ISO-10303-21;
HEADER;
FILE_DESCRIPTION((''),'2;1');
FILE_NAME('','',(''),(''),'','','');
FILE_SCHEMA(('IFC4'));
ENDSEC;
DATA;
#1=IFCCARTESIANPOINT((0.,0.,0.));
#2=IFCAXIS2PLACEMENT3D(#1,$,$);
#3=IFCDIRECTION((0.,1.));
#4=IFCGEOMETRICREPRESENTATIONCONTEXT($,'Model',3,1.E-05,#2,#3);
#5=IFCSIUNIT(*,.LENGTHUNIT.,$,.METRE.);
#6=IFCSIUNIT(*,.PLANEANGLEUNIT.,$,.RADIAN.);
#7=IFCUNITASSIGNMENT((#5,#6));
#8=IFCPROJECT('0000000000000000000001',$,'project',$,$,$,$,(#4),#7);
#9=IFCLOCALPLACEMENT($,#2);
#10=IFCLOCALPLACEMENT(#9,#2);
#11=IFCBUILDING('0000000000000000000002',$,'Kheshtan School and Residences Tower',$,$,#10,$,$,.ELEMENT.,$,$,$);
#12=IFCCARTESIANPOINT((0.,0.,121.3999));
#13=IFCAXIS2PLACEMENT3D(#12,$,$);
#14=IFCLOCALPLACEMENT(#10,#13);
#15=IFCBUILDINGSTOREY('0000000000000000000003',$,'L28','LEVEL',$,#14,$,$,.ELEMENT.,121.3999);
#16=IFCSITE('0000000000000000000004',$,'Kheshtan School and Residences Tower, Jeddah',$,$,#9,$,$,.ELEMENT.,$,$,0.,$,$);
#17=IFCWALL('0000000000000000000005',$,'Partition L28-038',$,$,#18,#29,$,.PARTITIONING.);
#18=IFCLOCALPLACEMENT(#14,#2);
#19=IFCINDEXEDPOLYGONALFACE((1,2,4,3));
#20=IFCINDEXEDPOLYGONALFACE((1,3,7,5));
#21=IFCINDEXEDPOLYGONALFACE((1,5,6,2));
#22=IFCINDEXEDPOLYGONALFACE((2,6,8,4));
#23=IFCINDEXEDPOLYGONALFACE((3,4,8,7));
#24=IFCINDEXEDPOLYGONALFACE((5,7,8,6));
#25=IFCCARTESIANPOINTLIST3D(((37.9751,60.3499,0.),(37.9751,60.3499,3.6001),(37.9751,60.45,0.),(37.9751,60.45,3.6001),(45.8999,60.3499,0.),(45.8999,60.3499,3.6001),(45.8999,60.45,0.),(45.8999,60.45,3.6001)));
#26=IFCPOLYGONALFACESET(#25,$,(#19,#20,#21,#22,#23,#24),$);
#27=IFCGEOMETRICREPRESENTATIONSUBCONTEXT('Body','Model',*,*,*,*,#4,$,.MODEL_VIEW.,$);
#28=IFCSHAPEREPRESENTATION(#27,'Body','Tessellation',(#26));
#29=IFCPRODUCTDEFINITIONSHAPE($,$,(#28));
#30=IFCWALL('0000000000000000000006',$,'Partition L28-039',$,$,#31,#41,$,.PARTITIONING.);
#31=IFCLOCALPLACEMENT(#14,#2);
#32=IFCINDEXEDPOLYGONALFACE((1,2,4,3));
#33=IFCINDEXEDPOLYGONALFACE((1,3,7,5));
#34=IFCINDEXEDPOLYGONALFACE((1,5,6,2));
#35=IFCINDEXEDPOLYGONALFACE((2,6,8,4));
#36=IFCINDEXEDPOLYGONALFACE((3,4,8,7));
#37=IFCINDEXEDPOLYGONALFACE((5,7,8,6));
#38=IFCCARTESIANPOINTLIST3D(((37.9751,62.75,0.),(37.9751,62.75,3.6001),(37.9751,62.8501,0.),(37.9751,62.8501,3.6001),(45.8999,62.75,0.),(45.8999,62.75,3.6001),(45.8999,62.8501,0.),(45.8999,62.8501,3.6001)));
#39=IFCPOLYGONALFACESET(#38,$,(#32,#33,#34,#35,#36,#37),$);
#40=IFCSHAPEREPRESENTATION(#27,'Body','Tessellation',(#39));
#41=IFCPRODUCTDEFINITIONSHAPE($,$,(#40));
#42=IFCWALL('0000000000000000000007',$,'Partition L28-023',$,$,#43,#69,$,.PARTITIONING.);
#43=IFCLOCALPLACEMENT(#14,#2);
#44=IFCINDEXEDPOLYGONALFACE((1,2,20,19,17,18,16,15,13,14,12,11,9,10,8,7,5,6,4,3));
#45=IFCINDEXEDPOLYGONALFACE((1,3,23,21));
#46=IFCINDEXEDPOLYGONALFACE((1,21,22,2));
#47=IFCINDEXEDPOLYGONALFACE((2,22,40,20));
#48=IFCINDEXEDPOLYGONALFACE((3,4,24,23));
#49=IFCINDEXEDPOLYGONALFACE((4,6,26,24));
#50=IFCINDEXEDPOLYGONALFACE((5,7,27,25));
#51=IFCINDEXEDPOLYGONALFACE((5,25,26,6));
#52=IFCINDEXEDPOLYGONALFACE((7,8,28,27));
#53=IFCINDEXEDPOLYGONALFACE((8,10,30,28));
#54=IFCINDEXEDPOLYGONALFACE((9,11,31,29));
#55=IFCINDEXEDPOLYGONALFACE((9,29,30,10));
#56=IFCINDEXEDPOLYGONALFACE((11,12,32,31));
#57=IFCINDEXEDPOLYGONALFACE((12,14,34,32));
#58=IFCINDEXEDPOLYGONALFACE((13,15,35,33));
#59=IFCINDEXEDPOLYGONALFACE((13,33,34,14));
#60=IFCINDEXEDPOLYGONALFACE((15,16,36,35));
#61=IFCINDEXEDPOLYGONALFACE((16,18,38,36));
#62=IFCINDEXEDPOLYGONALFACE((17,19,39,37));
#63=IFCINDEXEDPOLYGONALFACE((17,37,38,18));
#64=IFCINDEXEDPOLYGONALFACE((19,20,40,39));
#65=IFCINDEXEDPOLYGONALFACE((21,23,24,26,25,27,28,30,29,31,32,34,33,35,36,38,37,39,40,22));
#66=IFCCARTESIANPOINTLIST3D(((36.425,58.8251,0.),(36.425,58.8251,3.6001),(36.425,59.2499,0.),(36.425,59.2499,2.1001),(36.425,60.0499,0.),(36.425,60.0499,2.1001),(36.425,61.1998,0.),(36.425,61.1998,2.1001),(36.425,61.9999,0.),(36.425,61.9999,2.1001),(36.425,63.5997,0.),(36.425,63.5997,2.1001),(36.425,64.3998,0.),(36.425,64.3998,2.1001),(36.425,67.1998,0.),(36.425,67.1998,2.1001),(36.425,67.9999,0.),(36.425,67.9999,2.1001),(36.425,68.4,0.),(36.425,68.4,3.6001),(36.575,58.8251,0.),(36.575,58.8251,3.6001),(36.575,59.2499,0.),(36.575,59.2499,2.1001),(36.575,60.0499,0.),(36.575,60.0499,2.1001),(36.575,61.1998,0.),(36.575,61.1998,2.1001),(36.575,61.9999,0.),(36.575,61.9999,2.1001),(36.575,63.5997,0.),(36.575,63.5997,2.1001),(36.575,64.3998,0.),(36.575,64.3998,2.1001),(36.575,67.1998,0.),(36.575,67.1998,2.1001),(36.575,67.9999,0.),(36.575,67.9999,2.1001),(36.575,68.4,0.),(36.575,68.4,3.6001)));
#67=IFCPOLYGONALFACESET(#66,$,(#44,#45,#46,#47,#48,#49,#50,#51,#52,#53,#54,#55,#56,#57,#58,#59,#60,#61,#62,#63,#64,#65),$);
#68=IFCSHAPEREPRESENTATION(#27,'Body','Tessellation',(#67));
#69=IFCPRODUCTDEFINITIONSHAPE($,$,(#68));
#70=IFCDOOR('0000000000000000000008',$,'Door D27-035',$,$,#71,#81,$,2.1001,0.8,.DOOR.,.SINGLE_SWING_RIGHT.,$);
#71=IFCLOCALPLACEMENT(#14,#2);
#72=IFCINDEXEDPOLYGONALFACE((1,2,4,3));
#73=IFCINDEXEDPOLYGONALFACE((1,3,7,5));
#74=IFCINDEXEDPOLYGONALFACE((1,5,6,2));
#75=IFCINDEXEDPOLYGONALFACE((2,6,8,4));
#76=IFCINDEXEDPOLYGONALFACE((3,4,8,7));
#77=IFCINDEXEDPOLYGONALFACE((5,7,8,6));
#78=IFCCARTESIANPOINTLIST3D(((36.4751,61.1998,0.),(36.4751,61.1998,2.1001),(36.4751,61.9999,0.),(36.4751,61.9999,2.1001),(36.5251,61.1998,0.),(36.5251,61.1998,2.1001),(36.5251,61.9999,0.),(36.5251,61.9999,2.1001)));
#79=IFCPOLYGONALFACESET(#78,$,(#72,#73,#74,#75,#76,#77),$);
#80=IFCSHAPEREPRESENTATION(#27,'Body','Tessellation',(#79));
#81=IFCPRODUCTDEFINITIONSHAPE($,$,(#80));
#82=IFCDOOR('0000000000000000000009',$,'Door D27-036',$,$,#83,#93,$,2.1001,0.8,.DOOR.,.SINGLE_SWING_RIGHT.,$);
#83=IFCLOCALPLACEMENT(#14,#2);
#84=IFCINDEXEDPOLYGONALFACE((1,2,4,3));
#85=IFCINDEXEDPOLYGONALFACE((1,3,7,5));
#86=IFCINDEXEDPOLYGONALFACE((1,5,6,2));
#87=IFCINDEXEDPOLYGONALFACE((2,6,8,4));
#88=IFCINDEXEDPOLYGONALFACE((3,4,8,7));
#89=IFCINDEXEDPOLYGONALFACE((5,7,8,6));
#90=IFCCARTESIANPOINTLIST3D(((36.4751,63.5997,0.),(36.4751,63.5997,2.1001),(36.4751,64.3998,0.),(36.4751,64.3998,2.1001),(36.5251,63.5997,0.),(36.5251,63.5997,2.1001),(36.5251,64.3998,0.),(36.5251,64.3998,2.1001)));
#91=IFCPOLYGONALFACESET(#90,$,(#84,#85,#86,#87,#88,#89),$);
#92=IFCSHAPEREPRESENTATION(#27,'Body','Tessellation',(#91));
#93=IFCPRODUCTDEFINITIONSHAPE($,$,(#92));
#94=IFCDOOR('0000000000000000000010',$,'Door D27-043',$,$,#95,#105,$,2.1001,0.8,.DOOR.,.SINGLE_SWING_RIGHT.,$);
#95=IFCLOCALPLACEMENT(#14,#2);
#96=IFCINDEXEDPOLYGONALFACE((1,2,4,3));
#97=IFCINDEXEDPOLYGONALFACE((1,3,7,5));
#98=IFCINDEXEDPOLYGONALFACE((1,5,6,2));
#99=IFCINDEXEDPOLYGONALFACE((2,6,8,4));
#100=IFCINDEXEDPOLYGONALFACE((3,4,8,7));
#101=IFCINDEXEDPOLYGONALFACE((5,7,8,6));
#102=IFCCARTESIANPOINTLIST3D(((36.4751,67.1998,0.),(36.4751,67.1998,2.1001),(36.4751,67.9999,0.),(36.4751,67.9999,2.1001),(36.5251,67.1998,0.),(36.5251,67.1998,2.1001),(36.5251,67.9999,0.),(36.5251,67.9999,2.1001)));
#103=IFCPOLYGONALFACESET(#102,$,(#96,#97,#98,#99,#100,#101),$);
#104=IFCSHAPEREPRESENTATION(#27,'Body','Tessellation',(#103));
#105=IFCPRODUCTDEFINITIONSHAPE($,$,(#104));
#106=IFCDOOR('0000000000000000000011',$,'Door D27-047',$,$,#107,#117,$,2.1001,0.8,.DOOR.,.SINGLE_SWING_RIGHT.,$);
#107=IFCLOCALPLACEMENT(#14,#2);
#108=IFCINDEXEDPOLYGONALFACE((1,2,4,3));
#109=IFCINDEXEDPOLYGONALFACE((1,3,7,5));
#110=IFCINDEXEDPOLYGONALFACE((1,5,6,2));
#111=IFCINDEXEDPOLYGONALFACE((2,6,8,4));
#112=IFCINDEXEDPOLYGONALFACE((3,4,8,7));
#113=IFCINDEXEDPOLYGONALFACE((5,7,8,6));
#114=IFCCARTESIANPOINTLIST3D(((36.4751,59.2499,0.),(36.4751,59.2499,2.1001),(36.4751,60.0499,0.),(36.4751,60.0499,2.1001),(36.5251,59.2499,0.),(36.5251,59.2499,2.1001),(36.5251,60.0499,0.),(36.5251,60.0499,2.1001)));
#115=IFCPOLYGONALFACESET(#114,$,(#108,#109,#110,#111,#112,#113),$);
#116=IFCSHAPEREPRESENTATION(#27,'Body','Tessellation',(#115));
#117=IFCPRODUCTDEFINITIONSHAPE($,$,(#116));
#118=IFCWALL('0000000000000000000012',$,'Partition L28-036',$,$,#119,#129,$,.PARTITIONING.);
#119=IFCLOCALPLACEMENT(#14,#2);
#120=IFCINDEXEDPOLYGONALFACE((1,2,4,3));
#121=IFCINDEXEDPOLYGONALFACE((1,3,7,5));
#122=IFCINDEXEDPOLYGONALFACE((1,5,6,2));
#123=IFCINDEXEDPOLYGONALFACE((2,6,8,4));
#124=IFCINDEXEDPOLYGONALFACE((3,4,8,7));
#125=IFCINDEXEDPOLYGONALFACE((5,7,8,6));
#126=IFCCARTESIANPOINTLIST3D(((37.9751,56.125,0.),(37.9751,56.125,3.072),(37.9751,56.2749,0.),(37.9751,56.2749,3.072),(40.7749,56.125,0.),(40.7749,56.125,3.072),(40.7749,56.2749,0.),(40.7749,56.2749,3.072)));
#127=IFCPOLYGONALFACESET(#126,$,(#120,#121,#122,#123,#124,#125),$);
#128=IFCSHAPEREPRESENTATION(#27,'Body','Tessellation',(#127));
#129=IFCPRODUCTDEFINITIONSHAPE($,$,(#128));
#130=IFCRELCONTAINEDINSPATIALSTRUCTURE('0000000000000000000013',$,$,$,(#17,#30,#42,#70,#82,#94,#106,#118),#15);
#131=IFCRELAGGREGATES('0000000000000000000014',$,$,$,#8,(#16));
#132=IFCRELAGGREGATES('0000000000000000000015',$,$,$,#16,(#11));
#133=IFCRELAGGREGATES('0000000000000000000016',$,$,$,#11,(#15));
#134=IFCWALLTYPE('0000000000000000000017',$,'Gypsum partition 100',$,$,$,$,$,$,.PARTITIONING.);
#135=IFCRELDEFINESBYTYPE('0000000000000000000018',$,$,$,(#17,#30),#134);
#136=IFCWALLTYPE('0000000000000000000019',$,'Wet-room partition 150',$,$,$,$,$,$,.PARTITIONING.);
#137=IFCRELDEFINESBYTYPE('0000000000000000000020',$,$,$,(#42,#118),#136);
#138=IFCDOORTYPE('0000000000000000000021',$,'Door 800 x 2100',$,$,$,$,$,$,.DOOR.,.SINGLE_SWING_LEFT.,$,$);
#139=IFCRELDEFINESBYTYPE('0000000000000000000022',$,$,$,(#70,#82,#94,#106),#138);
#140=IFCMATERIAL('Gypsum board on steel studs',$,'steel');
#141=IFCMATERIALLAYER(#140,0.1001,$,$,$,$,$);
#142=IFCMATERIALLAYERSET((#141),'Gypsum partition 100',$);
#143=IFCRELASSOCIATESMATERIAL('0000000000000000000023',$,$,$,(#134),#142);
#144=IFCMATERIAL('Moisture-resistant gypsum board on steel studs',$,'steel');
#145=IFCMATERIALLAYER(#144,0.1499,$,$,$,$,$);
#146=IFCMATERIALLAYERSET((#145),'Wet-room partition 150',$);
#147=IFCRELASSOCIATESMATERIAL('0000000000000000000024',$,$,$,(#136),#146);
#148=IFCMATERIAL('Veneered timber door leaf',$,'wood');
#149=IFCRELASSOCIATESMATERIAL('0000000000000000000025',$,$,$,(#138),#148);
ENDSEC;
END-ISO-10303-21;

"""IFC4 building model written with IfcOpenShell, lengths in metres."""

from ifc_helpers import new_model, si_unit, direction, frame, frame_2d, origin, place, context, subcontext, project, spatial, rectangle, extrude, source, transform, mapped, material, layer, layer_set, type_object, element, fill, save


model = new_model("IFC4")

# Units and contexts
model_context = context("Model", 3, precision=1e-05, world=origin(), true_north=direction((0.0, 1.0)))
body_context = subcontext(model_context, "Body", "Model", "MODEL_VIEW")
ifc_project = project(units=[si_unit("LENGTHUNIT", "METRE"), si_unit("PLANEANGLEUNIT", "RADIAN")], contexts=[model_context])

# Site, building, storey
site_placement = place(None, origin())
site = spatial("IfcSite", under=ifc_project, at=site_placement, Name="Kheshtan School and Residences Tower, Jeddah", CompositionType="ELEMENT", RefElevation=0.0)
building_placement = place(site_placement, origin())
building = spatial("IfcBuilding", under=site, at=building_placement, Name="Kheshtan School and Residences Tower", CompositionType="ELEMENT")
storey_placement = place(building_placement, frame((0.0, 0.0, 121.3999)))
storey = spatial("IfcBuildingStorey", under=building, at=storey_placement, Name="L28", Description="LEVEL", CompositionType="ELEMENT", Elevation=121.3999)

# Walls
ifc_material_1 = material(Name="Gypsum board on steel studs", Category="steel")
ifc_layer_1 = layer(ifc_material_1, 0.1001)
ifc_layer_set_1 = layer_set([ifc_layer_1], Name="Gypsum partition 100")
wall_type_1 = type_object("IfcWallType", Name="Gypsum partition 100", PredefinedType="PARTITIONING", material=ifc_layer_set_1)
for number, where, z_axis, x_axis, name in (
    (1, (37.9751, 60.3999, 0.0), (0.0, 0.0, 1.0), (1.0, 0.0, 0.0), "Partition L28-038"),
    (2, (37.9751, 62.8, 0.0), (0.0, 0.0, 1.0), (1.0, 0.0, 0.0), "Partition L28-039"),
):
    element("IfcWall", number, at=place(storey_placement, frame(where, z_axis=z_axis, x_axis=x_axis)), inside=storey, type_object=wall_type_1, Name=name, PredefinedType="PARTITIONING", context=body_context, shape_type="SweptSolid", body=[
        extrude(rectangle(XDim=7.9248, YDim=0.1001, at=frame_2d((3.9624, 0.0))), origin(), (0.0, 0.0, 1.0), 3.6001),
    ])

# Wall, openings, doors
ifc_material_2 = material(Name="Moisture-resistant gypsum board on steel studs", Category="steel")
ifc_layer_2 = layer(ifc_material_2, 0.1499)
ifc_layer_set_2 = layer_set([ifc_layer_2], Name="Wet-room partition 150")
wall_type_2 = type_object("IfcWallType", Name="Wet-room partition 150", PredefinedType="PARTITIONING", material=ifc_layer_set_2)
wall_1_placement = place(storey_placement, frame((36.5, 58.825, 0.0), z_axis=(0.0, 0.0, 1.0), x_axis=(0.0, 1.0, 0.0)))
wall_1 = element("IfcWall", 3, at=wall_1_placement, inside=storey, type_object=wall_type_2, Name="Partition L28-023", PredefinedType="PARTITIONING", context=body_context, shape_type="SweptSolid", body=[
    extrude(rectangle(XDim=9.575, YDim=0.1499, at=frame_2d((4.7876, 0.0))), origin(), (0.0, 0.0, 1.0), 3.6001),
])
opening_1_placement = place(wall_1_placement, frame((2.375, 0.0, 0.0)))
opening_1 = element("IfcOpeningElement", 4, at=opening_1_placement, cuts=wall_1, PredefinedType="OPENING", context=body_context, shape_type="SweptSolid", body=[
    extrude(rectangle(XDim=0.8, YDim=2.1001, at=frame_2d((0.3999, 1.05))), frame((0.0, 0.085, 0.0), z_axis=(0.0, -1.0, 0.0), x_axis=(1.0, 0.0, 0.0)), (0.0, 0.0, 1.0), 0.1699),
])
opening_2_placement = place(wall_1_placement, frame((4.7749, 0.0, 0.0)))
opening_2 = element("IfcOpeningElement", 5, at=opening_2_placement, cuts=wall_1, PredefinedType="OPENING", context=body_context, shape_type="SweptSolid", body=[
    extrude(rectangle(XDim=0.8, YDim=2.1001, at=frame_2d((0.3999, 1.05))), frame((0.0, 0.085, 0.0), z_axis=(0.0, -1.0, 0.0), x_axis=(1.0, 0.0, 0.0)), (0.0, 0.0, 1.0), 0.1699),
])
opening_3_placement = place(wall_1_placement, frame((8.375, 0.0, 0.0)))
opening_3 = element("IfcOpeningElement", 6, at=opening_3_placement, cuts=wall_1, PredefinedType="OPENING", context=body_context, shape_type="SweptSolid", body=[
    extrude(rectangle(XDim=0.8, YDim=2.1001, at=frame_2d((0.3999, 1.05))), frame((0.0, 0.085, 0.0), z_axis=(0.0, -1.0, 0.0), x_axis=(1.0, 0.0, 0.0)), (0.0, 0.0, 1.0), 0.1699),
])
opening_4_placement = place(wall_1_placement, frame((0.425, 0.0, 0.0)))
opening_4 = element("IfcOpeningElement", 7, at=opening_4_placement, cuts=wall_1, PredefinedType="OPENING", context=body_context, shape_type="SweptSolid", body=[
    extrude(rectangle(XDim=0.8, YDim=2.1001, at=frame_2d((0.3999, 1.05))), frame((0.0, 0.085, 0.0), z_axis=(0.0, -1.0, 0.0), x_axis=(1.0, 0.0, 0.0)), (0.0, 0.0, 1.0), 0.1699),
])
ifc_material_3 = material(Name="Veneered timber door leaf", Category="wood")
door_type = type_object("IfcDoorType", Name="Door 800 x 2100", OperationType="SINGLE_SWING_LEFT", PredefinedType="DOOR", material=ifc_material_3)
shared_shape = source(origin(), body_context, "Body", "SweptSolid", [
    extrude(rectangle(XDim=0.8, YDim=2.1001, at=frame_2d((0.3999, 1.05))), frame((0.0, 0.0249, 0.0), z_axis=(0.0, -1.0, 0.0), x_axis=(1.0, 0.0, 0.0)), (0.0, 0.0, 1.0), 0.05),
])
door_1_placement = place(opening_1_placement, origin())
door_1 = element("IfcDoor", 8, at=door_1_placement, inside=storey, type_object=door_type, Name="Door D27-035", OperationType="SINGLE_SWING_RIGHT", OverallHeight=2.1001, OverallWidth=0.8, PredefinedType="DOOR", context=body_context, shape_type="MappedRepresentation", body=[
    mapped(shared_shape, transform((0.0, 0.0, 0.0), x_axis=(1.0, 0.0, 0.0), y_axis=(0.0, 1.0, 0.0), z_axis=(0.0, 0.0, 1.0), scale=1.0)),
])
fill(opening_1, door_1)
door_2_placement = place(opening_2_placement, origin())
door_2 = element("IfcDoor", 9, at=door_2_placement, inside=storey, type_object=door_type, Name="Door D27-036", OperationType="SINGLE_SWING_RIGHT", OverallHeight=2.1001, OverallWidth=0.8, PredefinedType="DOOR", context=body_context, shape_type="MappedRepresentation", body=[
    mapped(shared_shape, transform((0.0, 0.0, 0.0), x_axis=(1.0, 0.0, 0.0), y_axis=(0.0, 1.0, 0.0), z_axis=(0.0, 0.0, 1.0), scale=1.0)),
])
fill(opening_2, door_2)
door_3_placement = place(opening_3_placement, origin())
door_3 = element("IfcDoor", 10, at=door_3_placement, inside=storey, type_object=door_type, Name="Door D27-043", OperationType="SINGLE_SWING_RIGHT", OverallHeight=2.1001, OverallWidth=0.8, PredefinedType="DOOR", context=body_context, shape_type="MappedRepresentation", body=[
    mapped(shared_shape, transform((0.0, 0.0, 0.0), x_axis=(1.0, 0.0, 0.0), y_axis=(0.0, 1.0, 0.0), z_axis=(0.0, 0.0, 1.0), scale=1.0)),
])
fill(opening_3, door_3)
door_4_placement = place(opening_4_placement, origin())
door_4 = element("IfcDoor", 11, at=door_4_placement, inside=storey, type_object=door_type, Name="Door D27-047", OperationType="SINGLE_SWING_RIGHT", OverallHeight=2.1001, OverallWidth=0.8, PredefinedType="DOOR", context=body_context, shape_type="MappedRepresentation", body=[
    mapped(shared_shape, transform((0.0, 0.0, 0.0), x_axis=(1.0, 0.0, 0.0), y_axis=(0.0, 1.0, 0.0), z_axis=(0.0, 0.0, 1.0), scale=1.0)),
])
fill(opening_4, door_4)

# Wall
wall_2_placement = place(storey_placement, frame((37.9751, 56.2, 0.0), z_axis=(0.0, 0.0, 1.0), x_axis=(1.0, 0.0, 0.0)))
element("IfcWall", 12, at=wall_2_placement, inside=storey, type_object=wall_type_2, Name="Partition L28-036", PredefinedType="PARTITIONING", context=body_context, shape_type="SweptSolid", body=[
    extrude(rectangle(XDim=2.7998, YDim=0.1499, at=frame_2d((1.3999, 0.0))), origin(), (0.0, 0.0, 1.0), 3.072),
])

save(model, "model.ifc")
